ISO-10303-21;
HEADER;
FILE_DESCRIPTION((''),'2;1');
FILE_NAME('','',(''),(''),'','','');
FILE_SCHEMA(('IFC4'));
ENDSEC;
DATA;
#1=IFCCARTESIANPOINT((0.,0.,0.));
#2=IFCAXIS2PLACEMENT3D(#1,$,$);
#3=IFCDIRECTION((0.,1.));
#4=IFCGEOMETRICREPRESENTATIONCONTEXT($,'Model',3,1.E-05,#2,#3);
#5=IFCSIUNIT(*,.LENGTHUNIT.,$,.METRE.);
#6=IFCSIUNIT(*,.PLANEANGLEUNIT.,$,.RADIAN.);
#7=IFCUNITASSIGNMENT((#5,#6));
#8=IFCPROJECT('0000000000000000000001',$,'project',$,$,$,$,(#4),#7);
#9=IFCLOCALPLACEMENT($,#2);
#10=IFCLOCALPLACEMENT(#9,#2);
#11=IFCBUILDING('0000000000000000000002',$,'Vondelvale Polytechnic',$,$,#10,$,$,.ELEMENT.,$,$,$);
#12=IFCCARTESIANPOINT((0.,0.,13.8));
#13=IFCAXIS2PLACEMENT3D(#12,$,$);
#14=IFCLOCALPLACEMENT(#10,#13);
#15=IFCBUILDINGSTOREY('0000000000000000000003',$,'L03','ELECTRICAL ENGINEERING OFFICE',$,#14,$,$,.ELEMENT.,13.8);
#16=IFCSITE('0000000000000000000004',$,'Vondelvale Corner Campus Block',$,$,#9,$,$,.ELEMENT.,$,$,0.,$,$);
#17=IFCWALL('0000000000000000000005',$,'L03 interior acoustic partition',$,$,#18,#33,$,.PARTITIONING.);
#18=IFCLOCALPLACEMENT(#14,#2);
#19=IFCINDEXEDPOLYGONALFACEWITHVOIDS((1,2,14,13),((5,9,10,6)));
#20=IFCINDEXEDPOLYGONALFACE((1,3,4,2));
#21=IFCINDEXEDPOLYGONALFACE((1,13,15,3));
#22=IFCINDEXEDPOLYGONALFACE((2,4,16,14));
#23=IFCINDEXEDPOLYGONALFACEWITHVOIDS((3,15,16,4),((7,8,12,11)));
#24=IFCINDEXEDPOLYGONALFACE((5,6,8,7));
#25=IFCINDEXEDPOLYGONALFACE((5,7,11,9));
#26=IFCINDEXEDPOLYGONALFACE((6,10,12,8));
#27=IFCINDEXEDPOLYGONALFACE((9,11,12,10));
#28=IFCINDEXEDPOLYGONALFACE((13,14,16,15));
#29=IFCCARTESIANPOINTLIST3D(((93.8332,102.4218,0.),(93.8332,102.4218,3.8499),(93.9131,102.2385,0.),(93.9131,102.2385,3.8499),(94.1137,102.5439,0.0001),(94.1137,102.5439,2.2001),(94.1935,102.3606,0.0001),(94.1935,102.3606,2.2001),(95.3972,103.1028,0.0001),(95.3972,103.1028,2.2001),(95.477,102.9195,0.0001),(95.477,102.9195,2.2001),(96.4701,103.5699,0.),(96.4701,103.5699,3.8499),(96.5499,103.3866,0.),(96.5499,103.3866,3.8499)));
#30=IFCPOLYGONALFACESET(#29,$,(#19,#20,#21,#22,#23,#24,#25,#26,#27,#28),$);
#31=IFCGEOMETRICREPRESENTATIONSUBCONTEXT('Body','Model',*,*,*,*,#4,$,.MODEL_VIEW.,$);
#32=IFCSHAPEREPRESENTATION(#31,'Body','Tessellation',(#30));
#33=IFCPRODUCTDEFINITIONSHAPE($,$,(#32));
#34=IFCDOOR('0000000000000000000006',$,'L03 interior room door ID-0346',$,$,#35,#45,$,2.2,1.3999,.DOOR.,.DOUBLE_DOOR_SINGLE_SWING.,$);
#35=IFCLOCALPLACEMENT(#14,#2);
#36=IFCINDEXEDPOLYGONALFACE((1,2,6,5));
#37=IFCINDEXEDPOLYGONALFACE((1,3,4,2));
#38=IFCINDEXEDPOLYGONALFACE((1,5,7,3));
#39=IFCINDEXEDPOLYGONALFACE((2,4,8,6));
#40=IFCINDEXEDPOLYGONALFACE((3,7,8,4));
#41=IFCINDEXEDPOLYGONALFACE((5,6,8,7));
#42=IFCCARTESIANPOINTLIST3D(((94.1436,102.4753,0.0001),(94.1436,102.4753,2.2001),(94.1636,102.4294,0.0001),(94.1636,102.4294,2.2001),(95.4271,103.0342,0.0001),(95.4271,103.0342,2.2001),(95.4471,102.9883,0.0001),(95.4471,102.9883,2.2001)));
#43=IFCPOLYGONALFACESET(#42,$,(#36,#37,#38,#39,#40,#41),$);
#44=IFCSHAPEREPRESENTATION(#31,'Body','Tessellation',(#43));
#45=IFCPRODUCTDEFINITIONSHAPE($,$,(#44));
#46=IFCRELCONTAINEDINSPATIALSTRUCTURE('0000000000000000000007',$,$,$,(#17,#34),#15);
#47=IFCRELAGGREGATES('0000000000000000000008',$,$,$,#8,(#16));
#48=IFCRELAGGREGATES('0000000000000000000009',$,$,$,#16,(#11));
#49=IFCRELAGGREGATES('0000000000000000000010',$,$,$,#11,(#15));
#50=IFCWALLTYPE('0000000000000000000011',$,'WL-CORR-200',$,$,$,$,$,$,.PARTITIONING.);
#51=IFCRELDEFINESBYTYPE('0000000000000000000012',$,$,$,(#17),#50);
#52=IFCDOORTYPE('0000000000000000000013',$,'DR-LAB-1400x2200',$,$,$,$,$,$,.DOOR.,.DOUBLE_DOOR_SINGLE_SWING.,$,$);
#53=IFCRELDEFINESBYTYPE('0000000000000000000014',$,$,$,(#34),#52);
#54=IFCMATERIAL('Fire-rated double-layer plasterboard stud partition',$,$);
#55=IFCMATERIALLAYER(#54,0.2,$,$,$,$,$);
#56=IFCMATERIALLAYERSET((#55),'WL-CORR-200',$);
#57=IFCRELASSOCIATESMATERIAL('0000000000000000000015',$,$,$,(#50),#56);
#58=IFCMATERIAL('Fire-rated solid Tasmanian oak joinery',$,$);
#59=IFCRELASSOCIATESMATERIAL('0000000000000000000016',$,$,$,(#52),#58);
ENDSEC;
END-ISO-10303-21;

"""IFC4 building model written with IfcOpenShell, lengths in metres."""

from ifc_helpers import new_model, si_unit, direction, frame, frame_2d, origin, place, context, subcontext, project, spatial, rectangle, extrude, material, layer, layer_set, type_object, element, fill, save


model = new_model("IFC4")

# Units and contexts
model_context = context("Model", 3, precision=1e-05, world=origin(), true_north=direction((0.0, 1.0)))
body_context = subcontext(model_context, "Body", "Model", "MODEL_VIEW")
ifc_project = project(units=[si_unit("LENGTHUNIT", "METRE"), si_unit("PLANEANGLEUNIT", "RADIAN")], contexts=[model_context])

# Site, building, storey
site_placement = place(None, origin())
site = spatial("IfcSite", under=ifc_project, at=site_placement, Name="Vondelvale Corner Campus Block", CompositionType="ELEMENT", RefElevation=0.0)
building_placement = place(site_placement, origin())
building = spatial("IfcBuilding", under=site, at=building_placement, Name="Vondelvale Polytechnic", CompositionType="ELEMENT")
storey_placement = place(building_placement, frame((0.0, 0.0, 13.8)))
storey = spatial("IfcBuildingStorey", under=building, at=storey_placement, Name="L03", Description="ELECTRICAL ENGINEERING OFFICE", CompositionType="ELEMENT", Elevation=13.8)

# Wall, opening, door
ifc_material_1 = material(Name="Fire-rated double-layer plasterboard stud partition")
ifc_layer_1 = layer(ifc_material_1, 0.2)
ifc_layer_set_1 = layer_set([ifc_layer_1], Name="WL-CORR-200")
wall_type_1 = type_object("IfcWallType", Name="WL-CORR-200", PredefinedType="PARTITIONING", material=ifc_layer_set_1)
wall_1_placement = place(storey_placement, frame((96.51, 103.4783, 0.0), z_axis=(0.0, 0.0, 1.0), x_axis=(-0.916855, -0.39922, 0.0)))
wall_1 = element("IfcWall", 1, at=wall_1_placement, inside=storey, type_object=wall_type_1, Name="L03 interior acoustic partition", PredefinedType="PARTITIONING", context=body_context, shape_type="SweptSolid", body=[
    extrude(rectangle(XDim=2.876, YDim=0.2, at=frame_2d((1.438, 0.0))), origin(), (0.0, 0.0, 1.0), 3.8499),
])
opening_1_placement = place(wall_1_placement, frame((1.1702, 0.0, 0.0)))
opening_1 = element("IfcOpeningElement", 2, at=opening_1_placement, cuts=wall_1, PredefinedType="OPENING", context=body_context, shape_type="SweptSolid", body=[
    extrude(rectangle(XDim=1.3999, YDim=2.2, at=frame_2d((0.7, 1.1001))), frame((0.0, 0.1099, 0.0), z_axis=(0.0, -1.0, 0.0), x_axis=(1.0, 0.0, 0.0)), (0.0, 0.0, 1.0), 0.22),
])
ifc_material_2 = material(Name="Fire-rated solid Tasmanian oak joinery")
door_type_1 = type_object("IfcDoorType", Name="DR-LAB-1400x2200", OperationType="DOUBLE_DOOR_SINGLE_SWING", PredefinedType="DOOR", material=ifc_material_2)
door_1_placement = place(opening_1_placement, origin())
door_1 = element("IfcDoor", 3, at=door_1_placement, inside=storey, type_object=door_type_1, Name="L03 interior room door ID-0346", OperationType="DOUBLE_DOOR_SINGLE_SWING", OverallHeight=2.2, OverallWidth=1.3999, PredefinedType="DOOR", context=body_context, shape_type="SweptSolid", body=[
    extrude(rectangle(XDim=1.3999, YDim=2.2, at=frame_2d((0.7, 1.1001))), frame((0.0, 0.0249, 0.0), z_axis=(0.0, -1.0, 0.0), x_axis=(1.0, 0.0, 0.0)), (0.0, 0.0, 1.0), 0.05),
])
fill(opening_1, door_1)

save(model, "model.ifc")
